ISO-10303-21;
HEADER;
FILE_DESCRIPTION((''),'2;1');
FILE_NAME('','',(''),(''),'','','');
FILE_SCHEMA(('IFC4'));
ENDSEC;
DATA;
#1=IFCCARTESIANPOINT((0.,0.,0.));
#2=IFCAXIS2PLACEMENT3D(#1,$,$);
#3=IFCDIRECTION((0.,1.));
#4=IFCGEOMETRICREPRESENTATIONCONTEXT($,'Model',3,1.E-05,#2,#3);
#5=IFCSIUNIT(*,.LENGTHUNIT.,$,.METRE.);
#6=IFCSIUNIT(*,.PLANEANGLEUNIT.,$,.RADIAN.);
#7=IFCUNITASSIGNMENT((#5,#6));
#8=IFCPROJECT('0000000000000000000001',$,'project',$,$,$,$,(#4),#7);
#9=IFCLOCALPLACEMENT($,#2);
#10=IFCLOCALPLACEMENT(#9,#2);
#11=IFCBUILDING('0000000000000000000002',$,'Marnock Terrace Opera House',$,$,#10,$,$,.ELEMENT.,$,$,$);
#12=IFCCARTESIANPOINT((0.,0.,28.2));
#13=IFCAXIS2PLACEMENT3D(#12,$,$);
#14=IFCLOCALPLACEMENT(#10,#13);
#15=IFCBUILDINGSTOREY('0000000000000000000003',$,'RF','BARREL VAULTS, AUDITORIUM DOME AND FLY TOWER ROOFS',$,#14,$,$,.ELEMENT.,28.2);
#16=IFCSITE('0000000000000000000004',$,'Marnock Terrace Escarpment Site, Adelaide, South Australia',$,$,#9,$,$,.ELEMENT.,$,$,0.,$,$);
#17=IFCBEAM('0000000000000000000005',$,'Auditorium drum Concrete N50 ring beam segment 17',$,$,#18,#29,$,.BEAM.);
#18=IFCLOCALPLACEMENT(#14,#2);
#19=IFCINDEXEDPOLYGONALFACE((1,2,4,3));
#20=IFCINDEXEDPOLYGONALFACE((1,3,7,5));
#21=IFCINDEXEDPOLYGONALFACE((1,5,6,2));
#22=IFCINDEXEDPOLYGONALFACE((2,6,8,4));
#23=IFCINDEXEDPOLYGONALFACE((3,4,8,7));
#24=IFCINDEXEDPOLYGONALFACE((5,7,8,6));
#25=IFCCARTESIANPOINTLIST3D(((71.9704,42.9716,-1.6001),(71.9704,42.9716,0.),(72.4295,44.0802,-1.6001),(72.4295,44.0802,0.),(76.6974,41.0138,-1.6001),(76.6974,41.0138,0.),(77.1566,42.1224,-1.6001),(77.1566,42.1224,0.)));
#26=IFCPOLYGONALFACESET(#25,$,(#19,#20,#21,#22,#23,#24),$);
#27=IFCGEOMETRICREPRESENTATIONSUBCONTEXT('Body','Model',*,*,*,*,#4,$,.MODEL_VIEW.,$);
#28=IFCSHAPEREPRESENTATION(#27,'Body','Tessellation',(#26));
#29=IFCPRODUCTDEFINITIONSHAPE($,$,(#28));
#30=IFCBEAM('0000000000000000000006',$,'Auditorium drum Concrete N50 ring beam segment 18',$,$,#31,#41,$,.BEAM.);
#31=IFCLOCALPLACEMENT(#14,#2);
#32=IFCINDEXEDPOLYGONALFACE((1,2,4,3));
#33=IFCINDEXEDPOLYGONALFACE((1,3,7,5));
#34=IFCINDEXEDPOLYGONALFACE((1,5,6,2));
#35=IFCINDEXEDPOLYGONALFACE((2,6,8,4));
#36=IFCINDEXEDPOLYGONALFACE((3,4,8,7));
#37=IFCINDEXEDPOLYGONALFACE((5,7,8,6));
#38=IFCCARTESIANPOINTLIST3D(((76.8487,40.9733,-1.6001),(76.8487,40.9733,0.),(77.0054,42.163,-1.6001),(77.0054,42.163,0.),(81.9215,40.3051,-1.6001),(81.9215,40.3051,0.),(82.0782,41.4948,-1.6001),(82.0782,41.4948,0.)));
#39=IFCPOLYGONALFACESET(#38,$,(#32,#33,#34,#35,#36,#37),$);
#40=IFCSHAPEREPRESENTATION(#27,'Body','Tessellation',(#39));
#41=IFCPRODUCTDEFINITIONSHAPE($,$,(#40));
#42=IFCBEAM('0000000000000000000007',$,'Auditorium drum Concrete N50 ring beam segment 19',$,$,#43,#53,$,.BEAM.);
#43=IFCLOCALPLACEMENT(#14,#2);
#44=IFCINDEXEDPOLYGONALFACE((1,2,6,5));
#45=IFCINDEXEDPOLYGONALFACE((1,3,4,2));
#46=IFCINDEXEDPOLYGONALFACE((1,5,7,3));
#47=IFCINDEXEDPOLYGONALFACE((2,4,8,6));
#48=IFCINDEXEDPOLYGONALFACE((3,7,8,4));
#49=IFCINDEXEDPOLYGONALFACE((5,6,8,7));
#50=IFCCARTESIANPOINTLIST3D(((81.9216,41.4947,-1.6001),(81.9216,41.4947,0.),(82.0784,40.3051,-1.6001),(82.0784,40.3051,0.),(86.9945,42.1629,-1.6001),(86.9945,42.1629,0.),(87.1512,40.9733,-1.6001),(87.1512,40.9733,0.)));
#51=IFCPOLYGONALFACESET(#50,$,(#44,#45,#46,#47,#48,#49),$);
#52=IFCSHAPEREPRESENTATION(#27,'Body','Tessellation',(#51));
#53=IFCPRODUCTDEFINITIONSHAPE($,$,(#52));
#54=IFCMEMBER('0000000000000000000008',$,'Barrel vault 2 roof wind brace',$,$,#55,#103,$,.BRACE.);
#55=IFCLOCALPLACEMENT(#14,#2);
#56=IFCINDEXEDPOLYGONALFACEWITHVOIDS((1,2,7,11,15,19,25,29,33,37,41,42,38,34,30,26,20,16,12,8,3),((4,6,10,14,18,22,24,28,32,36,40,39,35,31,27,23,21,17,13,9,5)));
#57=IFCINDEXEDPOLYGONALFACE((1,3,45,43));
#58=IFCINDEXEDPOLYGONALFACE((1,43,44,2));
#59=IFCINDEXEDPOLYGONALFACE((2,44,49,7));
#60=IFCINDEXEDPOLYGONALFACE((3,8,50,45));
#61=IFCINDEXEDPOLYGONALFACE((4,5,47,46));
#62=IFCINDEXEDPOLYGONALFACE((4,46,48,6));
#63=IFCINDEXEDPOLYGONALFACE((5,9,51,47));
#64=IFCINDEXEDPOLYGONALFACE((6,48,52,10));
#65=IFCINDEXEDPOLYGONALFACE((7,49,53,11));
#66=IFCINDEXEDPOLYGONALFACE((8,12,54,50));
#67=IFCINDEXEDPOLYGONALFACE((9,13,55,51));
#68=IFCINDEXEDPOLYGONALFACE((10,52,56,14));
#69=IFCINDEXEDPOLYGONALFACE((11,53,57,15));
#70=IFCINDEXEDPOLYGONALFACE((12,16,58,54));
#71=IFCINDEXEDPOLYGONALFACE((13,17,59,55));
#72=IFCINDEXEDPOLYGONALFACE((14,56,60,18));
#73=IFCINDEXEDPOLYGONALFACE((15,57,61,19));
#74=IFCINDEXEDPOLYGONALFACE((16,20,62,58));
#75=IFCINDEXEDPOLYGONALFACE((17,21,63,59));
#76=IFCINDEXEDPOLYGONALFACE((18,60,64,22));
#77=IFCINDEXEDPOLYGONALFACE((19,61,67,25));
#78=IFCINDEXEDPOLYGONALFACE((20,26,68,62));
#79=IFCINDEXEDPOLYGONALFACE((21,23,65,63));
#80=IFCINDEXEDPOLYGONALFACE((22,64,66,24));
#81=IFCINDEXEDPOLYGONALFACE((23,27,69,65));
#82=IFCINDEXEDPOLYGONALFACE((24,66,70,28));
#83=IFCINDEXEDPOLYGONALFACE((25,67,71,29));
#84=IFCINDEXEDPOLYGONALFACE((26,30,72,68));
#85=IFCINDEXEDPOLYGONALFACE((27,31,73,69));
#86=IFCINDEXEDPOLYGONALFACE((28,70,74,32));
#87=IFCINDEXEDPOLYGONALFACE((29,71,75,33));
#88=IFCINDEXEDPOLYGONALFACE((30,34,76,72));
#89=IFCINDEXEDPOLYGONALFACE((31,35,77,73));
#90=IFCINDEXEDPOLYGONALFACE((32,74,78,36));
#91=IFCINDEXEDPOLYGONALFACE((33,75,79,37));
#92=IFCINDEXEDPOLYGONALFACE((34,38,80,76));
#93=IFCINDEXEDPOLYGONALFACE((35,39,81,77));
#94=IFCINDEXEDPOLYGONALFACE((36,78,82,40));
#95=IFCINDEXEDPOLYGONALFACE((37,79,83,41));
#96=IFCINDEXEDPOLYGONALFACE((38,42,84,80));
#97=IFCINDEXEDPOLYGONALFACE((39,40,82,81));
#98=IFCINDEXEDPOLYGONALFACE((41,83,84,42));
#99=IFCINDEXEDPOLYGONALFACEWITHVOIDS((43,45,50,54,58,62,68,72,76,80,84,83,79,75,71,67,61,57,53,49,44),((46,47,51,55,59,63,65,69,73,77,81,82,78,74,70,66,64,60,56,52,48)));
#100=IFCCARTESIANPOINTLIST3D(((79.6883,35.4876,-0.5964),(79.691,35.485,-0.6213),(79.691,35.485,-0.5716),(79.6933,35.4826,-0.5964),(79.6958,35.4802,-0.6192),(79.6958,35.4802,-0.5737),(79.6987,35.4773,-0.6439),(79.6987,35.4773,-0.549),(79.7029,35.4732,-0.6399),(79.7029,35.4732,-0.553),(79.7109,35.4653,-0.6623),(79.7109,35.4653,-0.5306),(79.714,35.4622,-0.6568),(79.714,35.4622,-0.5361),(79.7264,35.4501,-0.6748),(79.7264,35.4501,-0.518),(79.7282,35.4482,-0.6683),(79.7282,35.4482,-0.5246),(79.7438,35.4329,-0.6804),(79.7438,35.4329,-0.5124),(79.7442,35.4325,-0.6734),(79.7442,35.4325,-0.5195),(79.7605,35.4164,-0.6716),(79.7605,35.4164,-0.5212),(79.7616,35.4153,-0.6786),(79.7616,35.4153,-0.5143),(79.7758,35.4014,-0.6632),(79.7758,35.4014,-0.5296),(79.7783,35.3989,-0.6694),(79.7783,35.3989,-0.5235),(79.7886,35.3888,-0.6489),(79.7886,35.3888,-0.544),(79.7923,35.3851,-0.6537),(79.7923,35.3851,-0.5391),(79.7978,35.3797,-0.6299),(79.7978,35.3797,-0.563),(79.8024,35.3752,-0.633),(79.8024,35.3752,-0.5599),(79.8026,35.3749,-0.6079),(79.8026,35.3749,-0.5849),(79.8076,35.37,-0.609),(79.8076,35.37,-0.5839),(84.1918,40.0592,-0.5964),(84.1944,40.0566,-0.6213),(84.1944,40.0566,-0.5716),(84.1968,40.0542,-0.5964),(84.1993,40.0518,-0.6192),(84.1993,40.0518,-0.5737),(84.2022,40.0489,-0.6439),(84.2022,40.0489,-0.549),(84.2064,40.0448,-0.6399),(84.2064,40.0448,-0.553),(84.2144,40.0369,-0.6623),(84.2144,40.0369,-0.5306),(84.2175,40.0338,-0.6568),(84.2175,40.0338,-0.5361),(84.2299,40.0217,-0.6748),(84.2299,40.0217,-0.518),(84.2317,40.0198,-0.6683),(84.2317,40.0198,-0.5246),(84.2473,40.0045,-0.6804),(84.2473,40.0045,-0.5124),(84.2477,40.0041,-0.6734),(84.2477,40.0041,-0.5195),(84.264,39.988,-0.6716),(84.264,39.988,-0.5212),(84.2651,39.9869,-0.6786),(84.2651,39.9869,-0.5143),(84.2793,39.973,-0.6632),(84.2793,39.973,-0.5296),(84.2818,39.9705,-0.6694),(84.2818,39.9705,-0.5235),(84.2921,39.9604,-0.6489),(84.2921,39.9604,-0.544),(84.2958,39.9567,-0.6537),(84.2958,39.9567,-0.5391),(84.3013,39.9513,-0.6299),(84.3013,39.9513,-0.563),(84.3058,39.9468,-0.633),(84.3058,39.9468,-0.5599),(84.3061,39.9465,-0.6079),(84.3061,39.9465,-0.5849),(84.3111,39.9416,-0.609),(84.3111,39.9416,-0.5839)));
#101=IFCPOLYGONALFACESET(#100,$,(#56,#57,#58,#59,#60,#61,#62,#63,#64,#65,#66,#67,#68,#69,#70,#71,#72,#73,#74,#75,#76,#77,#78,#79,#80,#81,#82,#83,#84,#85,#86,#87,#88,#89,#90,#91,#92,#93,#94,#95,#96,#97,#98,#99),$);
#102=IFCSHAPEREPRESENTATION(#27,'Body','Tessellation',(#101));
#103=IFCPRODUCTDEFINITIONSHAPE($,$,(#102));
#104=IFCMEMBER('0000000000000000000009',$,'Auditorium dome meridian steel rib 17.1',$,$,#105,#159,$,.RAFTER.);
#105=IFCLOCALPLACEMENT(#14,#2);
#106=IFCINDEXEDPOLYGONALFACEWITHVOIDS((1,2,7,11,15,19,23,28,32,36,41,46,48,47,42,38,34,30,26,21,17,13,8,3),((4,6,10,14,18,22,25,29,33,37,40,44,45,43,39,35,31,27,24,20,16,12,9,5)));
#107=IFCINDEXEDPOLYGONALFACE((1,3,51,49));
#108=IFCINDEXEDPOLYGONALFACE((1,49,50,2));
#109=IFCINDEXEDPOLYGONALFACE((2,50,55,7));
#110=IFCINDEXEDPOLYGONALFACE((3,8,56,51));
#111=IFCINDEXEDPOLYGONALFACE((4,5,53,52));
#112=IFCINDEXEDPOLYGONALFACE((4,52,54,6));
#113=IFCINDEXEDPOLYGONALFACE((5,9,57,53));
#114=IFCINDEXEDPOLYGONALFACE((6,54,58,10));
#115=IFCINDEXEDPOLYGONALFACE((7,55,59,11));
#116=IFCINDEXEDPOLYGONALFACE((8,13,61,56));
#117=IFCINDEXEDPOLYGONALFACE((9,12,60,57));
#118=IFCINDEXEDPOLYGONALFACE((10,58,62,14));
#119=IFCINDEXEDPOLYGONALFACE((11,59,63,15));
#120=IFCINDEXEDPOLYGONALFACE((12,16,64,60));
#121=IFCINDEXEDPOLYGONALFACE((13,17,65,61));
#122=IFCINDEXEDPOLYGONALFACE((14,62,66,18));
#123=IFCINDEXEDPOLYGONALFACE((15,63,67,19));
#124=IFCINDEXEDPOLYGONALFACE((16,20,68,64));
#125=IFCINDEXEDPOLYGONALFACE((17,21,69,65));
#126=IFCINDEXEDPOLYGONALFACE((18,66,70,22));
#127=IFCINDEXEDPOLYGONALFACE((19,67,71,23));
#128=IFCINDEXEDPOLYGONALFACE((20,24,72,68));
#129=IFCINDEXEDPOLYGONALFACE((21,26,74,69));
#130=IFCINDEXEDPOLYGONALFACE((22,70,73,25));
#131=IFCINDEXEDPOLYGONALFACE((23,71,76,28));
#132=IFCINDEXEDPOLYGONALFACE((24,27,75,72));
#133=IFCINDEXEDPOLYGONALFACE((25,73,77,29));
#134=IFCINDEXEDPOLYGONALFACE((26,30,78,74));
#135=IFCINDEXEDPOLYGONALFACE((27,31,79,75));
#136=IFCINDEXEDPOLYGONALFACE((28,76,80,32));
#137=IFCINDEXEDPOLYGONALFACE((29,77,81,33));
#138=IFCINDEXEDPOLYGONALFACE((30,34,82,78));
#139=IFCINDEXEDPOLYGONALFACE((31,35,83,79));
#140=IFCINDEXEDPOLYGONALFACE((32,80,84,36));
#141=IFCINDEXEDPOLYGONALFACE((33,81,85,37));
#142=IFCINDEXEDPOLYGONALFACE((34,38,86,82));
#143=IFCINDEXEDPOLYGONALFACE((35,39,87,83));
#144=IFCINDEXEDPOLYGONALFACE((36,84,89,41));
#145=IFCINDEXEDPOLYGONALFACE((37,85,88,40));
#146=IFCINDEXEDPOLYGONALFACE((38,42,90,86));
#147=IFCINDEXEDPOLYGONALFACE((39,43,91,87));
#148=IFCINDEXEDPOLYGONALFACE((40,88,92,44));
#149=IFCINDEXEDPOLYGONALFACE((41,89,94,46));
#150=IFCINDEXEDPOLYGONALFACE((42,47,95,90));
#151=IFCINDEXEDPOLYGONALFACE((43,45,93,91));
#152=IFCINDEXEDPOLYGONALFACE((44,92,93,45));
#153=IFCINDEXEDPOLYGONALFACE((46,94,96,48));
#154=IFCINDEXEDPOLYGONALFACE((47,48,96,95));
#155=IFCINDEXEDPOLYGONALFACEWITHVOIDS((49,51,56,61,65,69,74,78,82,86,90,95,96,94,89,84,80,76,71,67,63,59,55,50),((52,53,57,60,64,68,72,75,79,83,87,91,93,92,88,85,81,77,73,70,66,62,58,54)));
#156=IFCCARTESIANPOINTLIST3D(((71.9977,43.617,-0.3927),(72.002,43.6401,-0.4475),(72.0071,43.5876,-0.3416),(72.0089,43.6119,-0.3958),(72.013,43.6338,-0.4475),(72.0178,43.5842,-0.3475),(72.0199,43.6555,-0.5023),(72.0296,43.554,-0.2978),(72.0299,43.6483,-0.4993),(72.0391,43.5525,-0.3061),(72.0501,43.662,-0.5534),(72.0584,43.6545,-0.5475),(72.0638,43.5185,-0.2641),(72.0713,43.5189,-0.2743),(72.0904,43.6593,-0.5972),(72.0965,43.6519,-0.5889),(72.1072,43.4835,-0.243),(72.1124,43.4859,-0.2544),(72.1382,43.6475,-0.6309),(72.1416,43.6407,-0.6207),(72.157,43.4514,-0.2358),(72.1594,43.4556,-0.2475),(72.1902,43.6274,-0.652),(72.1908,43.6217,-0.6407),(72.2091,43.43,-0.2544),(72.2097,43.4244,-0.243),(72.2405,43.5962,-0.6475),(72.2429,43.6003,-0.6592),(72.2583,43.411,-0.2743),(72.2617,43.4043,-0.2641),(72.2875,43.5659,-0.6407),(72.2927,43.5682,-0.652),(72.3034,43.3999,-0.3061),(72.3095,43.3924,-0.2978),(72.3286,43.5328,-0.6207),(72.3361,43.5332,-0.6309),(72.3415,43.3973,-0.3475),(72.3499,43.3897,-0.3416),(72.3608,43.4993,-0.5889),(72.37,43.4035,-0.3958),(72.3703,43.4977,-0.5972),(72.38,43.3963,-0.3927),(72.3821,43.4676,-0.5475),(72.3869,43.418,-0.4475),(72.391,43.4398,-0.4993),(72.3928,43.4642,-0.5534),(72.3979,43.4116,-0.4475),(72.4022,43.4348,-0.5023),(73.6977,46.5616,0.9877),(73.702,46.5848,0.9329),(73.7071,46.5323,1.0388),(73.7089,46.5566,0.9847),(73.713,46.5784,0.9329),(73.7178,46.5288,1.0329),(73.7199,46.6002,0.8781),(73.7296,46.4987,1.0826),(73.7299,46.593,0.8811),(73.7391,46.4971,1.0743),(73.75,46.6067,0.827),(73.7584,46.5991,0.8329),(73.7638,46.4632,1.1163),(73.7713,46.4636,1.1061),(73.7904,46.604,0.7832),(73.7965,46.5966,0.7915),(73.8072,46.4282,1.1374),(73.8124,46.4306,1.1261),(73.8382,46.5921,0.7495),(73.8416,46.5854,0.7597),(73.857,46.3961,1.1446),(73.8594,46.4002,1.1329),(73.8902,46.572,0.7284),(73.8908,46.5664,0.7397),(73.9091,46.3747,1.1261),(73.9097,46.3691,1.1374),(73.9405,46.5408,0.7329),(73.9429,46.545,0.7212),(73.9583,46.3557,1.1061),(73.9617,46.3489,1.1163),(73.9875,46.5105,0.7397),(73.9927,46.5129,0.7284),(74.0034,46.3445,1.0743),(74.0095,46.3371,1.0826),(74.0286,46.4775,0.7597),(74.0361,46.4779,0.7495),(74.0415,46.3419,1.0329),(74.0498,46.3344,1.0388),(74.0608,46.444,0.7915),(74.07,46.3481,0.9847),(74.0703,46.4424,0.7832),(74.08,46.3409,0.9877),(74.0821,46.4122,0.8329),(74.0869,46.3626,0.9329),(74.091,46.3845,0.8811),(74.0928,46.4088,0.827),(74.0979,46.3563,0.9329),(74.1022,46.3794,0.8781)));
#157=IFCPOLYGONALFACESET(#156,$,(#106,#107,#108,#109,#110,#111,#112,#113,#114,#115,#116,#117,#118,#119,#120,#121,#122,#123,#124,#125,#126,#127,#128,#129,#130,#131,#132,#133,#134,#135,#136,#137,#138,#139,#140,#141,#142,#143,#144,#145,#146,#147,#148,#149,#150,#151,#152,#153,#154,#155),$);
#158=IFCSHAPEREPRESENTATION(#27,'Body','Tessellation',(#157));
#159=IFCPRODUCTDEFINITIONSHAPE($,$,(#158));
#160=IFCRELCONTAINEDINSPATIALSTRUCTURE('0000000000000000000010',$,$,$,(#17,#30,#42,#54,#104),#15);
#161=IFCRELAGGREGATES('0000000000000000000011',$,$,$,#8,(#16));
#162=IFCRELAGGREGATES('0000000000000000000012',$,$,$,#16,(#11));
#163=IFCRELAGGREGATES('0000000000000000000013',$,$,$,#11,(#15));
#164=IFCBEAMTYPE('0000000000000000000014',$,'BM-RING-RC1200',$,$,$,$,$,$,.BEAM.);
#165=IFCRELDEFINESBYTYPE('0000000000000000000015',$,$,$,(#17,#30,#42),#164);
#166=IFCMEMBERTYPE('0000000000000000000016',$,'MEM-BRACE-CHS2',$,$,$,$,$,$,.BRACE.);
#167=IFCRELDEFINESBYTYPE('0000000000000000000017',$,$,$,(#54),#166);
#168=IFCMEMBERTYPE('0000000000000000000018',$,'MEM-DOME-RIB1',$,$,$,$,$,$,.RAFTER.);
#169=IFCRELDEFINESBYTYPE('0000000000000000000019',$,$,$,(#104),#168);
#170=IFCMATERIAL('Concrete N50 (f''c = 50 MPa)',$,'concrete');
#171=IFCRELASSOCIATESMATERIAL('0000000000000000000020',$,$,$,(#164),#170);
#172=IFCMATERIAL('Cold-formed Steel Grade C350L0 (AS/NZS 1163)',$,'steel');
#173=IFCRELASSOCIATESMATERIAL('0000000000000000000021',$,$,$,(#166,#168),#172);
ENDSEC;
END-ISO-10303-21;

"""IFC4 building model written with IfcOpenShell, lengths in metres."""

from ifc_helpers import new_model, si_unit, direction, frame, origin, origin_2d, place, context, subcontext, project, spatial, rectangle, hollow_circle, extrude, material, material_profile, profile_set, type_object, element, save


model = new_model("IFC4")

# Units and contexts
model_context = context("Model", 3, precision=1e-05, world=origin(), true_north=direction((0.0, 1.0)))
body_context = subcontext(model_context, "Body", "Model", "MODEL_VIEW")
ifc_project = project(units=[si_unit("LENGTHUNIT", "METRE"), si_unit("PLANEANGLEUNIT", "RADIAN")], contexts=[model_context])

# Site, building, storey
site_placement = place(None, origin())
site = spatial("IfcSite", under=ifc_project, at=site_placement, Name="Marnock Terrace Escarpment Site, Adelaide, South Australia", CompositionType="ELEMENT", RefElevation=0.0)
building_placement = place(site_placement, origin())
building = spatial("IfcBuilding", under=site, at=building_placement, Name="Marnock Terrace Opera House", CompositionType="ELEMENT")
storey_placement = place(building_placement, frame((0.0, 0.0, 28.2)))
storey = spatial("IfcBuildingStorey", under=building, at=storey_placement, Name="RF", Description="BARREL VAULTS, AUDITORIUM DOME AND FLY TOWER ROOFS", CompositionType="ELEMENT", Elevation=28.2)

# Beams
ifc_material_1 = material(Name="Concrete N50 (f'c = 50 MPa)", Category="concrete")
ifc_material_profile_1 = material_profile(ifc_material_1, rectangle(XDim=1.2, YDim=1.6001, at=origin_2d()))
ifc_profile_set_1 = profile_set([ifc_material_profile_1], Name="Concrete N50 (f'c = 50 MPa)")
beam_type = type_object("IfcBeamType", Name="BM-RING-RC1200", PredefinedType="BEAM", material=ifc_profile_set_1)
beam_placement = place(storey_placement, frame((72.2, 43.5259, -0.8), z_axis=(0.923896, -0.382643, 0.0), x_axis=(0.382643, 0.923896, 0.0)))
element("IfcBeam", 1, at=beam_placement, inside=storey, type_object=beam_type, Name="Auditorium drum Concrete N50 ring beam segment 17", PredefinedType="BEAM", context=body_context, shape_type="SweptSolid", body=[
    extrude(rectangle(XDim=1.2, YDim=1.6001, at=origin_2d()), origin(), (0.0, 0.0, 1.0), 5.1165),
])
for number, where, z_axis, x_axis, name in (
    (2, (76.927, 41.5681, -0.8), (0.991436, -0.130592, 0.0), (0.130592, 0.991436, 0.0), "Auditorium drum Concrete N50 ring beam segment 18"),
    (3, (82.0, 40.8999, -0.8), (0.991436, 0.130592, 0.0), (-0.130592, 0.991436, 0.0), "Auditorium drum Concrete N50 ring beam segment 19"),
):
    element("IfcBeam", number, at=place(storey_placement, frame(where, z_axis=z_axis, x_axis=x_axis)), inside=storey, type_object=beam_type, Name=name, PredefinedType="BEAM", context=body_context, shape_type="SweptSolid", body=[
        extrude(rectangle(XDim=1.2, YDim=1.6001, at=origin_2d()), origin(), (0.0, 0.0, 1.0), 5.1167),
    ])

# Members
ifc_material_2 = material(Name="Cold-formed Steel Grade C350L0 (AS/NZS 1163)", Category="steel")
ifc_material_profile_2 = material_profile(ifc_material_2, hollow_circle(Radius=0.0842, WallThickness=0.0071, at=origin_2d()))
ifc_profile_set_2 = profile_set([ifc_material_profile_2], Name="Cold-formed Steel Grade C350L0 (AS/NZS 1163)")
member_type_1 = type_object("IfcMemberType", Name="MEM-BRACE-CHS2", PredefinedType="BRACE", material=ifc_profile_set_2)
member_1_placement = place(storey_placement, frame((79.7483, 35.4285, -0.5964), z_axis=(0.70178, 0.712394, 0.0), x_axis=(-0.712394, 0.70178, 0.0)))
element("IfcMember", 4, at=member_1_placement, inside=storey, type_object=member_type_1, Name="Barrel vault 2 roof wind brace", PredefinedType="BRACE", context=body_context, shape_type="SweptSolid", body=[
    extrude(hollow_circle(Radius=0.0842, WallThickness=0.0071, at=origin_2d()), origin(), (0.0, 0.0, 1.0), 6.4172),
])
ifc_material_profile_3 = material_profile(ifc_material_2, hollow_circle(Radius=0.2285, WallThickness=0.0127, at=origin_2d()))
ifc_profile_set_3 = profile_set([ifc_material_profile_3], Name="Cold-formed Steel Grade C350L0 (AS/NZS 1163)")
member_type_2 = type_object("IfcMemberType", Name="MEM-DOME-RIB1", PredefinedType="RAFTER", material=ifc_profile_set_3)
member_2_placement = place(storey_placement, frame((72.2, 43.5259, -0.4475), z_axis=(0.463255, 0.80243, 0.376166), x_axis=(-0.866039, 0.499977, 0.0)))
element("IfcMember", 5, at=member_2_placement, inside=storey, type_object=member_type_2, Name="Auditorium dome meridian steel rib 17.1", PredefinedType="RAFTER", context=body_context, shape_type="SweptSolid", body=[
    extrude(hollow_circle(Radius=0.2285, WallThickness=0.0127, at=origin_2d()), origin(), (0.0, 0.0, 1.0), 3.6697),
])

save(model, "model.ifc")
